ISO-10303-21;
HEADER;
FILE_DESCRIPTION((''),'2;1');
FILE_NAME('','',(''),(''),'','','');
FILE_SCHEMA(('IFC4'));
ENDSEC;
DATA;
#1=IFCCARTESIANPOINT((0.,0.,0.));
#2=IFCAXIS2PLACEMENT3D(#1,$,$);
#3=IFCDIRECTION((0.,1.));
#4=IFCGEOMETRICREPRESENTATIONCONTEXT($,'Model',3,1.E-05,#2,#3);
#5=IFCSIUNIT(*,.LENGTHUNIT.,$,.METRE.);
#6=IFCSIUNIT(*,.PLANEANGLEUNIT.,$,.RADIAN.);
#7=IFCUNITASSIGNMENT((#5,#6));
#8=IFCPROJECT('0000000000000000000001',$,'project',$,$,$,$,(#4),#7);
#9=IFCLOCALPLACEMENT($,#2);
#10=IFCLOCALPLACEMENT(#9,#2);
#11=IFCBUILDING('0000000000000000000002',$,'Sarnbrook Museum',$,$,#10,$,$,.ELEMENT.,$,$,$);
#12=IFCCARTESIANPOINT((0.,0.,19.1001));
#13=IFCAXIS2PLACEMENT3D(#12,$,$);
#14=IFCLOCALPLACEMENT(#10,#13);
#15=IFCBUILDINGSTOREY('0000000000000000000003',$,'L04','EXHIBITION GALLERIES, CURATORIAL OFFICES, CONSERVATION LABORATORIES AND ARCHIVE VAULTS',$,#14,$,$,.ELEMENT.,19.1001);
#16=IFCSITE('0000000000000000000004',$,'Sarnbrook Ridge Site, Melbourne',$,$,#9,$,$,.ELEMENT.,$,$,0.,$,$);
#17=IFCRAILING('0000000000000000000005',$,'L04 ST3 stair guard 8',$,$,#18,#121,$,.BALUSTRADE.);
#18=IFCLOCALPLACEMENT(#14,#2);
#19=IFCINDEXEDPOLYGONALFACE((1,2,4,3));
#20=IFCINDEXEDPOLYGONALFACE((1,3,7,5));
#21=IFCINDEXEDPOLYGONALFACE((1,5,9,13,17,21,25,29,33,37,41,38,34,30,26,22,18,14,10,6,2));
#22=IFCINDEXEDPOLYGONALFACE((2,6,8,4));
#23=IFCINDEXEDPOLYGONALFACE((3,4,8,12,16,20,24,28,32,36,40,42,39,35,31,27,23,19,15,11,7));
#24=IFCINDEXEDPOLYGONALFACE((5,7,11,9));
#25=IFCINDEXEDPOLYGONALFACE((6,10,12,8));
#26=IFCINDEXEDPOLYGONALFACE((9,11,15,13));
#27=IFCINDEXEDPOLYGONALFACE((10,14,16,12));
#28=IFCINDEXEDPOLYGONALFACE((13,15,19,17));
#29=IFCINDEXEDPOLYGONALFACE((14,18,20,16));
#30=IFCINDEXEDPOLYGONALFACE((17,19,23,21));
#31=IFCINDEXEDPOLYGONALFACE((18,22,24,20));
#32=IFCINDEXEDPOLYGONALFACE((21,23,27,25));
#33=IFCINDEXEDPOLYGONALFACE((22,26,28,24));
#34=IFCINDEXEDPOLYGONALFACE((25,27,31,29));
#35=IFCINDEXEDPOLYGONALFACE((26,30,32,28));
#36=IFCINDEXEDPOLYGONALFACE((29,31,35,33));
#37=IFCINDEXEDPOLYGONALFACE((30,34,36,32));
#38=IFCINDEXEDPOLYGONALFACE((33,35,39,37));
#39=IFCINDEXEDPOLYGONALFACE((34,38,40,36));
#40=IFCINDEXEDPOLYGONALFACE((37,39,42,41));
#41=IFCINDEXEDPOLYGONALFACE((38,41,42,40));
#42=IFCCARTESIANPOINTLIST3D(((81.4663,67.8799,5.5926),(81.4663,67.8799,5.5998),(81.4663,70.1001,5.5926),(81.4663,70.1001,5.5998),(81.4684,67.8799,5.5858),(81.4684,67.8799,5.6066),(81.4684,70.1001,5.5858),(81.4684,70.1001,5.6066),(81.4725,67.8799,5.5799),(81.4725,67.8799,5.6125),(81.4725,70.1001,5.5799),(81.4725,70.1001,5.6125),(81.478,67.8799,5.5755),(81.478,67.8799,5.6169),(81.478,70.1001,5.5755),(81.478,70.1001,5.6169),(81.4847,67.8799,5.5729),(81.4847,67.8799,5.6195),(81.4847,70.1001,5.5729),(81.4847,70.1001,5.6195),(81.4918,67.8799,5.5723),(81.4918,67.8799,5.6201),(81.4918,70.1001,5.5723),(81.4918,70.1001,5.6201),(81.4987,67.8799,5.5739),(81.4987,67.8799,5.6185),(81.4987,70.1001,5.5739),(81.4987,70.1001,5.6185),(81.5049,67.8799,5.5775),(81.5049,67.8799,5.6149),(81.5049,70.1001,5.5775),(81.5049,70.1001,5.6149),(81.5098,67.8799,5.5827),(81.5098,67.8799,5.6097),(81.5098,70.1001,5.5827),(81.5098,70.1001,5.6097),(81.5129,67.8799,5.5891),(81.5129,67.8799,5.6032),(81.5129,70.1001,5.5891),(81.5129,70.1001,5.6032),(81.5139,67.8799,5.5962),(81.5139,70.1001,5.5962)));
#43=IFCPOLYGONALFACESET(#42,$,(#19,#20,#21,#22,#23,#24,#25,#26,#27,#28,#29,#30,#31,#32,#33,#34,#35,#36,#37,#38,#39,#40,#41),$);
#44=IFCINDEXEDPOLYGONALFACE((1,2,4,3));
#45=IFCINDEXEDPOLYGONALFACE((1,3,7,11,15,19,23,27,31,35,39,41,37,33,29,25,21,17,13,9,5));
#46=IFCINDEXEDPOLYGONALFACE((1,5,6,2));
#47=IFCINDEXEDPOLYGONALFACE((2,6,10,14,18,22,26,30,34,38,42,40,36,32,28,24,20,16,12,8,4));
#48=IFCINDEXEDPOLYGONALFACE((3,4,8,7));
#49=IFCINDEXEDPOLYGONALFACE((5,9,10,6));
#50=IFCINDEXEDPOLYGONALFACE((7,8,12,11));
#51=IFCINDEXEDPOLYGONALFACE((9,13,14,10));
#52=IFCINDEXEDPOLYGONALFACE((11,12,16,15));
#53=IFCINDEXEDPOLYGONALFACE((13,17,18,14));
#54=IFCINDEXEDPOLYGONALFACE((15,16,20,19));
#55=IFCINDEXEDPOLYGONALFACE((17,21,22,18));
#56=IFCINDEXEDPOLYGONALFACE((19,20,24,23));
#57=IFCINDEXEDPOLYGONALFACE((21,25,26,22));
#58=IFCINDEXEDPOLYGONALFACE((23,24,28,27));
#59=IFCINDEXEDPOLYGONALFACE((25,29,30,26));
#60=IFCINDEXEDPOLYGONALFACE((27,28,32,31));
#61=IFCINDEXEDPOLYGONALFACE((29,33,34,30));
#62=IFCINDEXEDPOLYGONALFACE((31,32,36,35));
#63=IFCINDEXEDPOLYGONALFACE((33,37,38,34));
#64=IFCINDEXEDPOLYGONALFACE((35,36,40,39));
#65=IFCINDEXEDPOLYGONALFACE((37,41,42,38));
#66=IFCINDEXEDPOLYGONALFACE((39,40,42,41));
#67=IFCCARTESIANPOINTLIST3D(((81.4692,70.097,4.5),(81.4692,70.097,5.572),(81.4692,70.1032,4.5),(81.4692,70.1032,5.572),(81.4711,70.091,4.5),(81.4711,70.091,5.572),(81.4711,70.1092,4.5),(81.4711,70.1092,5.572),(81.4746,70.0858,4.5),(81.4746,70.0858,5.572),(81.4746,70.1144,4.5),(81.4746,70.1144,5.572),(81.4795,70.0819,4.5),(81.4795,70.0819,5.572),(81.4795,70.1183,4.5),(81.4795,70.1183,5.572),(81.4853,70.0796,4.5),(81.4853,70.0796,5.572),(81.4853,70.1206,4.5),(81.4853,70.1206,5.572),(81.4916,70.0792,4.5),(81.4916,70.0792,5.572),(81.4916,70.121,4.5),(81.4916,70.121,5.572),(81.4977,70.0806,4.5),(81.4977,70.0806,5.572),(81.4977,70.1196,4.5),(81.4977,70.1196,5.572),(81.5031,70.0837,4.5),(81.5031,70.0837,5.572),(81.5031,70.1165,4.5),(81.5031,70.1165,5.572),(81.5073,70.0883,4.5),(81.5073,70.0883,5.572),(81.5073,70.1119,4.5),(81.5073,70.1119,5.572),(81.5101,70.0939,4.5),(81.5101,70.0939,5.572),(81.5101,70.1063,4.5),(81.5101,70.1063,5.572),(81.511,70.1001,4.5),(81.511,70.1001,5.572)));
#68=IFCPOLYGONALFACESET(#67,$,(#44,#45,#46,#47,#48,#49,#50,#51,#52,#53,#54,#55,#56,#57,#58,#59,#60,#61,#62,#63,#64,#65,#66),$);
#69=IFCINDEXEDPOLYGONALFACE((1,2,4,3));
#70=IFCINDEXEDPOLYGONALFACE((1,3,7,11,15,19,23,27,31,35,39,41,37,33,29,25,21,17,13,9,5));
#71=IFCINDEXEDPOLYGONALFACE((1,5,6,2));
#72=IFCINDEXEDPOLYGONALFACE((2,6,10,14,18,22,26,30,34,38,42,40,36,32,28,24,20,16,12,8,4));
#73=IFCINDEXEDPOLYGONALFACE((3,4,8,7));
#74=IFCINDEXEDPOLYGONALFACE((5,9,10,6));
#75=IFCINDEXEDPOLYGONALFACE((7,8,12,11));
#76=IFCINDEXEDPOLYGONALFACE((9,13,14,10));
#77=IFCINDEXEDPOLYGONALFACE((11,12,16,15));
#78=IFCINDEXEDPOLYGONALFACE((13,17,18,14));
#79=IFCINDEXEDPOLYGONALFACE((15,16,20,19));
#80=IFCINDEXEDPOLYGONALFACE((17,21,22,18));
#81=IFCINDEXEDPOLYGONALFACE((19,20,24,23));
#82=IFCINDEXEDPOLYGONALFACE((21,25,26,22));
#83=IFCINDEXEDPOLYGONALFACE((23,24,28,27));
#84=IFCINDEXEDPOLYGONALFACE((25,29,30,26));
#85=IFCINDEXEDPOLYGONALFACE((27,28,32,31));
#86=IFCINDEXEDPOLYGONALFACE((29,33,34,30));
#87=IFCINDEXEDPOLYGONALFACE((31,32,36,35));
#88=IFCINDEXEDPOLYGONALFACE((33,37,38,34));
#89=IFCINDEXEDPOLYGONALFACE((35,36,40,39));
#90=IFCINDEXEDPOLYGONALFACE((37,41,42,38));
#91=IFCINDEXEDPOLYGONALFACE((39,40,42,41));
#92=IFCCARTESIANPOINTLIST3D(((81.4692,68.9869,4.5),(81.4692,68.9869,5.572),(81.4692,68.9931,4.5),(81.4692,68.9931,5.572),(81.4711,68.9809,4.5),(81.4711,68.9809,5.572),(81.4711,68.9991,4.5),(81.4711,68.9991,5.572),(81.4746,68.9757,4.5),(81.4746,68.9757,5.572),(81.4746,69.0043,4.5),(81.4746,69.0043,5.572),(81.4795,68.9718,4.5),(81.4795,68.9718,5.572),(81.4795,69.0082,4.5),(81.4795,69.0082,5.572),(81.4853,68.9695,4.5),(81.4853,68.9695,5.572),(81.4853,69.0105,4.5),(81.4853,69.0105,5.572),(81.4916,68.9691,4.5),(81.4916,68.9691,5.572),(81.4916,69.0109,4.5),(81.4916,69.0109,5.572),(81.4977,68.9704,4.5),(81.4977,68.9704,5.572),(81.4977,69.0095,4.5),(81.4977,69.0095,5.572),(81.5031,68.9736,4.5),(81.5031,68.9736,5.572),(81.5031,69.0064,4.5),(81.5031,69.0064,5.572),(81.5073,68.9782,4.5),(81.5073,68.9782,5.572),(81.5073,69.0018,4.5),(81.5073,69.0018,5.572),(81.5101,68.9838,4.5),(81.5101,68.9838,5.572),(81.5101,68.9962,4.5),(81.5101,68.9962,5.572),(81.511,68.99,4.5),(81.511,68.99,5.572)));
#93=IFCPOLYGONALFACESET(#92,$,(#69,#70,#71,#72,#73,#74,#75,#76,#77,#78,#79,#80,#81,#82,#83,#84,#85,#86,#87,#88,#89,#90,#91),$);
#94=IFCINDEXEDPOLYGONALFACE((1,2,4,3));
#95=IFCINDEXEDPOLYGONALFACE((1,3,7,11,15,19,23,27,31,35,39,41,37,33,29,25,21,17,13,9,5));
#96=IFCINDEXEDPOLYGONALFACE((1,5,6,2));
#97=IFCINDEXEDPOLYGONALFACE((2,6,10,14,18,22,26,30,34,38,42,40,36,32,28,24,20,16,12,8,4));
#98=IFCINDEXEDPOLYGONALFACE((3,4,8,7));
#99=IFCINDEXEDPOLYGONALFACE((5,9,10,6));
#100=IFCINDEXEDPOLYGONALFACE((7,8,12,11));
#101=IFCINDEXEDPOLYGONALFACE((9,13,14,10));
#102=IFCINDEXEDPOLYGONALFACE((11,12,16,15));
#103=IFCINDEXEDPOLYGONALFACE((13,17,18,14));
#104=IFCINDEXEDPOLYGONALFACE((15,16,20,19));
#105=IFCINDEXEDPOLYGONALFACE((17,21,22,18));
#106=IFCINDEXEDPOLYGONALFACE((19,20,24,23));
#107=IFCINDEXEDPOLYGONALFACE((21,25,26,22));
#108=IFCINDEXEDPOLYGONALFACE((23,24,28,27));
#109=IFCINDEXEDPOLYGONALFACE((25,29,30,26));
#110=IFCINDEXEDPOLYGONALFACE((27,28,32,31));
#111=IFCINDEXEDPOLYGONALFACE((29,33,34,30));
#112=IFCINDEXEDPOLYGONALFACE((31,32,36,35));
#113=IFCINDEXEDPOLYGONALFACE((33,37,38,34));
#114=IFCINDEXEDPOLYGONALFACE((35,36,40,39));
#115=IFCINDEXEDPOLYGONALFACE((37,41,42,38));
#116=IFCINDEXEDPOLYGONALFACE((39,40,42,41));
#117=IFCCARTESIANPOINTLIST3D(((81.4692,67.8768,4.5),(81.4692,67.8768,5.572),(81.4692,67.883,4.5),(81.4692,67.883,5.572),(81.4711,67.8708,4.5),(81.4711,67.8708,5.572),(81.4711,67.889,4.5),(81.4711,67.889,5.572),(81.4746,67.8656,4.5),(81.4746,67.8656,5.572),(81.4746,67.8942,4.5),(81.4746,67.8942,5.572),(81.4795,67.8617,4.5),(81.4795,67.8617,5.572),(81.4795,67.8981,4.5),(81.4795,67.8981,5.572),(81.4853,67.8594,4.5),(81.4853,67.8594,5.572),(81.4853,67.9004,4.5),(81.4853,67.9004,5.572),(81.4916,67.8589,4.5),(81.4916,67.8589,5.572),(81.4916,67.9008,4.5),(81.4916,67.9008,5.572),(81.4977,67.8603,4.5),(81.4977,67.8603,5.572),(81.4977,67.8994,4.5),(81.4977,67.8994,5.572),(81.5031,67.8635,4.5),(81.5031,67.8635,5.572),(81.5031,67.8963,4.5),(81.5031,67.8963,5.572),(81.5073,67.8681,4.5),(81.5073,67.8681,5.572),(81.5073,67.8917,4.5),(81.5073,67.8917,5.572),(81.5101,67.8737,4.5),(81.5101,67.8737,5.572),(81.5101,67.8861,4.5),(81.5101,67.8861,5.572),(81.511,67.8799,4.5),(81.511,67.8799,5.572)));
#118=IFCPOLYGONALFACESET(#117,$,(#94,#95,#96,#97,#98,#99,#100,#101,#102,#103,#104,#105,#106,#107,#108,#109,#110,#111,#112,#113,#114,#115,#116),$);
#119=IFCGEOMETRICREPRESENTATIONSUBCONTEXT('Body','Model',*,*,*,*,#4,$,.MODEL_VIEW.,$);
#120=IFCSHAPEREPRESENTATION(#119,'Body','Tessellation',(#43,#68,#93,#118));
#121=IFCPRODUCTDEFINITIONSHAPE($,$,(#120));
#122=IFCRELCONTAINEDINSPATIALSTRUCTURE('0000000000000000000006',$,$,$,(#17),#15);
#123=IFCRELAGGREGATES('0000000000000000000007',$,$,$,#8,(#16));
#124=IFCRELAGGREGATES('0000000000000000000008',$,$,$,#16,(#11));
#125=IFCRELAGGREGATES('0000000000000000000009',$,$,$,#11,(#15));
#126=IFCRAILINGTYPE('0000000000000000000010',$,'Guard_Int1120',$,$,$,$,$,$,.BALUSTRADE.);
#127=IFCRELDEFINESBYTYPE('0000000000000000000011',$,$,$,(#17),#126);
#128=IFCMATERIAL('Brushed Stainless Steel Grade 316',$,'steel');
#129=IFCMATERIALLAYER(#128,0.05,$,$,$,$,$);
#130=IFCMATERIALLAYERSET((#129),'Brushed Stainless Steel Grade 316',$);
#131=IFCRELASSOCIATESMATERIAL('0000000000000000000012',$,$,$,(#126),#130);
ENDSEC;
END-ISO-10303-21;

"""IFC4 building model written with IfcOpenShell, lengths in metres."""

from ifc_helpers import new_model, si_unit, direction, frame, origin, origin_2d, place, context, subcontext, project, spatial, circle, extrude, material, layer, layer_set, type_object, element, save


model = new_model("IFC4")

# Units and contexts
model_context = context("Model", 3, precision=1e-05, world=origin(), true_north=direction((0.0, 1.0)))
body_context = subcontext(model_context, "Body", "Model", "MODEL_VIEW")
ifc_project = project(units=[si_unit("LENGTHUNIT", "METRE"), si_unit("PLANEANGLEUNIT", "RADIAN")], contexts=[model_context])

# Site, building, storey
site_placement = place(None, origin())
site = spatial("IfcSite", under=ifc_project, at=site_placement, Name="Sarnbrook Ridge Site, Melbourne", CompositionType="ELEMENT", RefElevation=0.0)
building_placement = place(site_placement, origin())
building = spatial("IfcBuilding", under=site, at=building_placement, Name="Sarnbrook Museum", CompositionType="ELEMENT")
storey_placement = place(building_placement, frame((0.0, 0.0, 19.1001)))
storey = spatial("IfcBuildingStorey", under=building, at=storey_placement, Name="L04", Description="EXHIBITION GALLERIES, CURATORIAL OFFICES, CONSERVATION LABORATORIES AND ARCHIVE VAULTS", CompositionType="ELEMENT", Elevation=19.1001)

# Shared definitions
ifc_material_1 = material(Name="Brushed Stainless Steel Grade 316", Category="steel")

# Railing
ifc_layer_1 = layer(ifc_material_1, 0.05)
ifc_layer_set_1 = layer_set([ifc_layer_1], Name="Brushed Stainless Steel Grade 316")
railing_type = type_object("IfcRailingType", Name="Guard_Int1120", PredefinedType="BALUSTRADE", material=ifc_layer_set_1)
for number, where, name in (
    (1, (81.49, 70.1001, 4.5), "L04 ST3 stair guard 8"),
):
    element("IfcRailing", number, at=place(storey_placement, frame(where)), inside=storey, type_object=railing_type, Name=name, PredefinedType="BALUSTRADE", context=body_context, shape_type="SweptSolid", body=[
        extrude(circle(Radius=0.0239, at=origin_2d()), frame((0.0, 0.0, 1.0962), z_axis=(0.0, -1.0, 0.0), x_axis=(1.0, 0.0, 0.0)), (0.0, 0.0, 1.0), 2.2202),
        extrude(circle(Radius=0.021, at=origin_2d()), origin(), (0.0, 0.0, 1.0), 1.072),
        extrude(circle(Radius=0.021, at=origin_2d()), frame((0.0, -1.1101, 0.0)), (0.0, 0.0, 1.0), 1.072),
        extrude(circle(Radius=0.021, at=origin_2d()), frame((0.0, -2.2202, 0.0)), (0.0, 0.0, 1.0), 1.072),
    ])

save(model, "model.ifc")
